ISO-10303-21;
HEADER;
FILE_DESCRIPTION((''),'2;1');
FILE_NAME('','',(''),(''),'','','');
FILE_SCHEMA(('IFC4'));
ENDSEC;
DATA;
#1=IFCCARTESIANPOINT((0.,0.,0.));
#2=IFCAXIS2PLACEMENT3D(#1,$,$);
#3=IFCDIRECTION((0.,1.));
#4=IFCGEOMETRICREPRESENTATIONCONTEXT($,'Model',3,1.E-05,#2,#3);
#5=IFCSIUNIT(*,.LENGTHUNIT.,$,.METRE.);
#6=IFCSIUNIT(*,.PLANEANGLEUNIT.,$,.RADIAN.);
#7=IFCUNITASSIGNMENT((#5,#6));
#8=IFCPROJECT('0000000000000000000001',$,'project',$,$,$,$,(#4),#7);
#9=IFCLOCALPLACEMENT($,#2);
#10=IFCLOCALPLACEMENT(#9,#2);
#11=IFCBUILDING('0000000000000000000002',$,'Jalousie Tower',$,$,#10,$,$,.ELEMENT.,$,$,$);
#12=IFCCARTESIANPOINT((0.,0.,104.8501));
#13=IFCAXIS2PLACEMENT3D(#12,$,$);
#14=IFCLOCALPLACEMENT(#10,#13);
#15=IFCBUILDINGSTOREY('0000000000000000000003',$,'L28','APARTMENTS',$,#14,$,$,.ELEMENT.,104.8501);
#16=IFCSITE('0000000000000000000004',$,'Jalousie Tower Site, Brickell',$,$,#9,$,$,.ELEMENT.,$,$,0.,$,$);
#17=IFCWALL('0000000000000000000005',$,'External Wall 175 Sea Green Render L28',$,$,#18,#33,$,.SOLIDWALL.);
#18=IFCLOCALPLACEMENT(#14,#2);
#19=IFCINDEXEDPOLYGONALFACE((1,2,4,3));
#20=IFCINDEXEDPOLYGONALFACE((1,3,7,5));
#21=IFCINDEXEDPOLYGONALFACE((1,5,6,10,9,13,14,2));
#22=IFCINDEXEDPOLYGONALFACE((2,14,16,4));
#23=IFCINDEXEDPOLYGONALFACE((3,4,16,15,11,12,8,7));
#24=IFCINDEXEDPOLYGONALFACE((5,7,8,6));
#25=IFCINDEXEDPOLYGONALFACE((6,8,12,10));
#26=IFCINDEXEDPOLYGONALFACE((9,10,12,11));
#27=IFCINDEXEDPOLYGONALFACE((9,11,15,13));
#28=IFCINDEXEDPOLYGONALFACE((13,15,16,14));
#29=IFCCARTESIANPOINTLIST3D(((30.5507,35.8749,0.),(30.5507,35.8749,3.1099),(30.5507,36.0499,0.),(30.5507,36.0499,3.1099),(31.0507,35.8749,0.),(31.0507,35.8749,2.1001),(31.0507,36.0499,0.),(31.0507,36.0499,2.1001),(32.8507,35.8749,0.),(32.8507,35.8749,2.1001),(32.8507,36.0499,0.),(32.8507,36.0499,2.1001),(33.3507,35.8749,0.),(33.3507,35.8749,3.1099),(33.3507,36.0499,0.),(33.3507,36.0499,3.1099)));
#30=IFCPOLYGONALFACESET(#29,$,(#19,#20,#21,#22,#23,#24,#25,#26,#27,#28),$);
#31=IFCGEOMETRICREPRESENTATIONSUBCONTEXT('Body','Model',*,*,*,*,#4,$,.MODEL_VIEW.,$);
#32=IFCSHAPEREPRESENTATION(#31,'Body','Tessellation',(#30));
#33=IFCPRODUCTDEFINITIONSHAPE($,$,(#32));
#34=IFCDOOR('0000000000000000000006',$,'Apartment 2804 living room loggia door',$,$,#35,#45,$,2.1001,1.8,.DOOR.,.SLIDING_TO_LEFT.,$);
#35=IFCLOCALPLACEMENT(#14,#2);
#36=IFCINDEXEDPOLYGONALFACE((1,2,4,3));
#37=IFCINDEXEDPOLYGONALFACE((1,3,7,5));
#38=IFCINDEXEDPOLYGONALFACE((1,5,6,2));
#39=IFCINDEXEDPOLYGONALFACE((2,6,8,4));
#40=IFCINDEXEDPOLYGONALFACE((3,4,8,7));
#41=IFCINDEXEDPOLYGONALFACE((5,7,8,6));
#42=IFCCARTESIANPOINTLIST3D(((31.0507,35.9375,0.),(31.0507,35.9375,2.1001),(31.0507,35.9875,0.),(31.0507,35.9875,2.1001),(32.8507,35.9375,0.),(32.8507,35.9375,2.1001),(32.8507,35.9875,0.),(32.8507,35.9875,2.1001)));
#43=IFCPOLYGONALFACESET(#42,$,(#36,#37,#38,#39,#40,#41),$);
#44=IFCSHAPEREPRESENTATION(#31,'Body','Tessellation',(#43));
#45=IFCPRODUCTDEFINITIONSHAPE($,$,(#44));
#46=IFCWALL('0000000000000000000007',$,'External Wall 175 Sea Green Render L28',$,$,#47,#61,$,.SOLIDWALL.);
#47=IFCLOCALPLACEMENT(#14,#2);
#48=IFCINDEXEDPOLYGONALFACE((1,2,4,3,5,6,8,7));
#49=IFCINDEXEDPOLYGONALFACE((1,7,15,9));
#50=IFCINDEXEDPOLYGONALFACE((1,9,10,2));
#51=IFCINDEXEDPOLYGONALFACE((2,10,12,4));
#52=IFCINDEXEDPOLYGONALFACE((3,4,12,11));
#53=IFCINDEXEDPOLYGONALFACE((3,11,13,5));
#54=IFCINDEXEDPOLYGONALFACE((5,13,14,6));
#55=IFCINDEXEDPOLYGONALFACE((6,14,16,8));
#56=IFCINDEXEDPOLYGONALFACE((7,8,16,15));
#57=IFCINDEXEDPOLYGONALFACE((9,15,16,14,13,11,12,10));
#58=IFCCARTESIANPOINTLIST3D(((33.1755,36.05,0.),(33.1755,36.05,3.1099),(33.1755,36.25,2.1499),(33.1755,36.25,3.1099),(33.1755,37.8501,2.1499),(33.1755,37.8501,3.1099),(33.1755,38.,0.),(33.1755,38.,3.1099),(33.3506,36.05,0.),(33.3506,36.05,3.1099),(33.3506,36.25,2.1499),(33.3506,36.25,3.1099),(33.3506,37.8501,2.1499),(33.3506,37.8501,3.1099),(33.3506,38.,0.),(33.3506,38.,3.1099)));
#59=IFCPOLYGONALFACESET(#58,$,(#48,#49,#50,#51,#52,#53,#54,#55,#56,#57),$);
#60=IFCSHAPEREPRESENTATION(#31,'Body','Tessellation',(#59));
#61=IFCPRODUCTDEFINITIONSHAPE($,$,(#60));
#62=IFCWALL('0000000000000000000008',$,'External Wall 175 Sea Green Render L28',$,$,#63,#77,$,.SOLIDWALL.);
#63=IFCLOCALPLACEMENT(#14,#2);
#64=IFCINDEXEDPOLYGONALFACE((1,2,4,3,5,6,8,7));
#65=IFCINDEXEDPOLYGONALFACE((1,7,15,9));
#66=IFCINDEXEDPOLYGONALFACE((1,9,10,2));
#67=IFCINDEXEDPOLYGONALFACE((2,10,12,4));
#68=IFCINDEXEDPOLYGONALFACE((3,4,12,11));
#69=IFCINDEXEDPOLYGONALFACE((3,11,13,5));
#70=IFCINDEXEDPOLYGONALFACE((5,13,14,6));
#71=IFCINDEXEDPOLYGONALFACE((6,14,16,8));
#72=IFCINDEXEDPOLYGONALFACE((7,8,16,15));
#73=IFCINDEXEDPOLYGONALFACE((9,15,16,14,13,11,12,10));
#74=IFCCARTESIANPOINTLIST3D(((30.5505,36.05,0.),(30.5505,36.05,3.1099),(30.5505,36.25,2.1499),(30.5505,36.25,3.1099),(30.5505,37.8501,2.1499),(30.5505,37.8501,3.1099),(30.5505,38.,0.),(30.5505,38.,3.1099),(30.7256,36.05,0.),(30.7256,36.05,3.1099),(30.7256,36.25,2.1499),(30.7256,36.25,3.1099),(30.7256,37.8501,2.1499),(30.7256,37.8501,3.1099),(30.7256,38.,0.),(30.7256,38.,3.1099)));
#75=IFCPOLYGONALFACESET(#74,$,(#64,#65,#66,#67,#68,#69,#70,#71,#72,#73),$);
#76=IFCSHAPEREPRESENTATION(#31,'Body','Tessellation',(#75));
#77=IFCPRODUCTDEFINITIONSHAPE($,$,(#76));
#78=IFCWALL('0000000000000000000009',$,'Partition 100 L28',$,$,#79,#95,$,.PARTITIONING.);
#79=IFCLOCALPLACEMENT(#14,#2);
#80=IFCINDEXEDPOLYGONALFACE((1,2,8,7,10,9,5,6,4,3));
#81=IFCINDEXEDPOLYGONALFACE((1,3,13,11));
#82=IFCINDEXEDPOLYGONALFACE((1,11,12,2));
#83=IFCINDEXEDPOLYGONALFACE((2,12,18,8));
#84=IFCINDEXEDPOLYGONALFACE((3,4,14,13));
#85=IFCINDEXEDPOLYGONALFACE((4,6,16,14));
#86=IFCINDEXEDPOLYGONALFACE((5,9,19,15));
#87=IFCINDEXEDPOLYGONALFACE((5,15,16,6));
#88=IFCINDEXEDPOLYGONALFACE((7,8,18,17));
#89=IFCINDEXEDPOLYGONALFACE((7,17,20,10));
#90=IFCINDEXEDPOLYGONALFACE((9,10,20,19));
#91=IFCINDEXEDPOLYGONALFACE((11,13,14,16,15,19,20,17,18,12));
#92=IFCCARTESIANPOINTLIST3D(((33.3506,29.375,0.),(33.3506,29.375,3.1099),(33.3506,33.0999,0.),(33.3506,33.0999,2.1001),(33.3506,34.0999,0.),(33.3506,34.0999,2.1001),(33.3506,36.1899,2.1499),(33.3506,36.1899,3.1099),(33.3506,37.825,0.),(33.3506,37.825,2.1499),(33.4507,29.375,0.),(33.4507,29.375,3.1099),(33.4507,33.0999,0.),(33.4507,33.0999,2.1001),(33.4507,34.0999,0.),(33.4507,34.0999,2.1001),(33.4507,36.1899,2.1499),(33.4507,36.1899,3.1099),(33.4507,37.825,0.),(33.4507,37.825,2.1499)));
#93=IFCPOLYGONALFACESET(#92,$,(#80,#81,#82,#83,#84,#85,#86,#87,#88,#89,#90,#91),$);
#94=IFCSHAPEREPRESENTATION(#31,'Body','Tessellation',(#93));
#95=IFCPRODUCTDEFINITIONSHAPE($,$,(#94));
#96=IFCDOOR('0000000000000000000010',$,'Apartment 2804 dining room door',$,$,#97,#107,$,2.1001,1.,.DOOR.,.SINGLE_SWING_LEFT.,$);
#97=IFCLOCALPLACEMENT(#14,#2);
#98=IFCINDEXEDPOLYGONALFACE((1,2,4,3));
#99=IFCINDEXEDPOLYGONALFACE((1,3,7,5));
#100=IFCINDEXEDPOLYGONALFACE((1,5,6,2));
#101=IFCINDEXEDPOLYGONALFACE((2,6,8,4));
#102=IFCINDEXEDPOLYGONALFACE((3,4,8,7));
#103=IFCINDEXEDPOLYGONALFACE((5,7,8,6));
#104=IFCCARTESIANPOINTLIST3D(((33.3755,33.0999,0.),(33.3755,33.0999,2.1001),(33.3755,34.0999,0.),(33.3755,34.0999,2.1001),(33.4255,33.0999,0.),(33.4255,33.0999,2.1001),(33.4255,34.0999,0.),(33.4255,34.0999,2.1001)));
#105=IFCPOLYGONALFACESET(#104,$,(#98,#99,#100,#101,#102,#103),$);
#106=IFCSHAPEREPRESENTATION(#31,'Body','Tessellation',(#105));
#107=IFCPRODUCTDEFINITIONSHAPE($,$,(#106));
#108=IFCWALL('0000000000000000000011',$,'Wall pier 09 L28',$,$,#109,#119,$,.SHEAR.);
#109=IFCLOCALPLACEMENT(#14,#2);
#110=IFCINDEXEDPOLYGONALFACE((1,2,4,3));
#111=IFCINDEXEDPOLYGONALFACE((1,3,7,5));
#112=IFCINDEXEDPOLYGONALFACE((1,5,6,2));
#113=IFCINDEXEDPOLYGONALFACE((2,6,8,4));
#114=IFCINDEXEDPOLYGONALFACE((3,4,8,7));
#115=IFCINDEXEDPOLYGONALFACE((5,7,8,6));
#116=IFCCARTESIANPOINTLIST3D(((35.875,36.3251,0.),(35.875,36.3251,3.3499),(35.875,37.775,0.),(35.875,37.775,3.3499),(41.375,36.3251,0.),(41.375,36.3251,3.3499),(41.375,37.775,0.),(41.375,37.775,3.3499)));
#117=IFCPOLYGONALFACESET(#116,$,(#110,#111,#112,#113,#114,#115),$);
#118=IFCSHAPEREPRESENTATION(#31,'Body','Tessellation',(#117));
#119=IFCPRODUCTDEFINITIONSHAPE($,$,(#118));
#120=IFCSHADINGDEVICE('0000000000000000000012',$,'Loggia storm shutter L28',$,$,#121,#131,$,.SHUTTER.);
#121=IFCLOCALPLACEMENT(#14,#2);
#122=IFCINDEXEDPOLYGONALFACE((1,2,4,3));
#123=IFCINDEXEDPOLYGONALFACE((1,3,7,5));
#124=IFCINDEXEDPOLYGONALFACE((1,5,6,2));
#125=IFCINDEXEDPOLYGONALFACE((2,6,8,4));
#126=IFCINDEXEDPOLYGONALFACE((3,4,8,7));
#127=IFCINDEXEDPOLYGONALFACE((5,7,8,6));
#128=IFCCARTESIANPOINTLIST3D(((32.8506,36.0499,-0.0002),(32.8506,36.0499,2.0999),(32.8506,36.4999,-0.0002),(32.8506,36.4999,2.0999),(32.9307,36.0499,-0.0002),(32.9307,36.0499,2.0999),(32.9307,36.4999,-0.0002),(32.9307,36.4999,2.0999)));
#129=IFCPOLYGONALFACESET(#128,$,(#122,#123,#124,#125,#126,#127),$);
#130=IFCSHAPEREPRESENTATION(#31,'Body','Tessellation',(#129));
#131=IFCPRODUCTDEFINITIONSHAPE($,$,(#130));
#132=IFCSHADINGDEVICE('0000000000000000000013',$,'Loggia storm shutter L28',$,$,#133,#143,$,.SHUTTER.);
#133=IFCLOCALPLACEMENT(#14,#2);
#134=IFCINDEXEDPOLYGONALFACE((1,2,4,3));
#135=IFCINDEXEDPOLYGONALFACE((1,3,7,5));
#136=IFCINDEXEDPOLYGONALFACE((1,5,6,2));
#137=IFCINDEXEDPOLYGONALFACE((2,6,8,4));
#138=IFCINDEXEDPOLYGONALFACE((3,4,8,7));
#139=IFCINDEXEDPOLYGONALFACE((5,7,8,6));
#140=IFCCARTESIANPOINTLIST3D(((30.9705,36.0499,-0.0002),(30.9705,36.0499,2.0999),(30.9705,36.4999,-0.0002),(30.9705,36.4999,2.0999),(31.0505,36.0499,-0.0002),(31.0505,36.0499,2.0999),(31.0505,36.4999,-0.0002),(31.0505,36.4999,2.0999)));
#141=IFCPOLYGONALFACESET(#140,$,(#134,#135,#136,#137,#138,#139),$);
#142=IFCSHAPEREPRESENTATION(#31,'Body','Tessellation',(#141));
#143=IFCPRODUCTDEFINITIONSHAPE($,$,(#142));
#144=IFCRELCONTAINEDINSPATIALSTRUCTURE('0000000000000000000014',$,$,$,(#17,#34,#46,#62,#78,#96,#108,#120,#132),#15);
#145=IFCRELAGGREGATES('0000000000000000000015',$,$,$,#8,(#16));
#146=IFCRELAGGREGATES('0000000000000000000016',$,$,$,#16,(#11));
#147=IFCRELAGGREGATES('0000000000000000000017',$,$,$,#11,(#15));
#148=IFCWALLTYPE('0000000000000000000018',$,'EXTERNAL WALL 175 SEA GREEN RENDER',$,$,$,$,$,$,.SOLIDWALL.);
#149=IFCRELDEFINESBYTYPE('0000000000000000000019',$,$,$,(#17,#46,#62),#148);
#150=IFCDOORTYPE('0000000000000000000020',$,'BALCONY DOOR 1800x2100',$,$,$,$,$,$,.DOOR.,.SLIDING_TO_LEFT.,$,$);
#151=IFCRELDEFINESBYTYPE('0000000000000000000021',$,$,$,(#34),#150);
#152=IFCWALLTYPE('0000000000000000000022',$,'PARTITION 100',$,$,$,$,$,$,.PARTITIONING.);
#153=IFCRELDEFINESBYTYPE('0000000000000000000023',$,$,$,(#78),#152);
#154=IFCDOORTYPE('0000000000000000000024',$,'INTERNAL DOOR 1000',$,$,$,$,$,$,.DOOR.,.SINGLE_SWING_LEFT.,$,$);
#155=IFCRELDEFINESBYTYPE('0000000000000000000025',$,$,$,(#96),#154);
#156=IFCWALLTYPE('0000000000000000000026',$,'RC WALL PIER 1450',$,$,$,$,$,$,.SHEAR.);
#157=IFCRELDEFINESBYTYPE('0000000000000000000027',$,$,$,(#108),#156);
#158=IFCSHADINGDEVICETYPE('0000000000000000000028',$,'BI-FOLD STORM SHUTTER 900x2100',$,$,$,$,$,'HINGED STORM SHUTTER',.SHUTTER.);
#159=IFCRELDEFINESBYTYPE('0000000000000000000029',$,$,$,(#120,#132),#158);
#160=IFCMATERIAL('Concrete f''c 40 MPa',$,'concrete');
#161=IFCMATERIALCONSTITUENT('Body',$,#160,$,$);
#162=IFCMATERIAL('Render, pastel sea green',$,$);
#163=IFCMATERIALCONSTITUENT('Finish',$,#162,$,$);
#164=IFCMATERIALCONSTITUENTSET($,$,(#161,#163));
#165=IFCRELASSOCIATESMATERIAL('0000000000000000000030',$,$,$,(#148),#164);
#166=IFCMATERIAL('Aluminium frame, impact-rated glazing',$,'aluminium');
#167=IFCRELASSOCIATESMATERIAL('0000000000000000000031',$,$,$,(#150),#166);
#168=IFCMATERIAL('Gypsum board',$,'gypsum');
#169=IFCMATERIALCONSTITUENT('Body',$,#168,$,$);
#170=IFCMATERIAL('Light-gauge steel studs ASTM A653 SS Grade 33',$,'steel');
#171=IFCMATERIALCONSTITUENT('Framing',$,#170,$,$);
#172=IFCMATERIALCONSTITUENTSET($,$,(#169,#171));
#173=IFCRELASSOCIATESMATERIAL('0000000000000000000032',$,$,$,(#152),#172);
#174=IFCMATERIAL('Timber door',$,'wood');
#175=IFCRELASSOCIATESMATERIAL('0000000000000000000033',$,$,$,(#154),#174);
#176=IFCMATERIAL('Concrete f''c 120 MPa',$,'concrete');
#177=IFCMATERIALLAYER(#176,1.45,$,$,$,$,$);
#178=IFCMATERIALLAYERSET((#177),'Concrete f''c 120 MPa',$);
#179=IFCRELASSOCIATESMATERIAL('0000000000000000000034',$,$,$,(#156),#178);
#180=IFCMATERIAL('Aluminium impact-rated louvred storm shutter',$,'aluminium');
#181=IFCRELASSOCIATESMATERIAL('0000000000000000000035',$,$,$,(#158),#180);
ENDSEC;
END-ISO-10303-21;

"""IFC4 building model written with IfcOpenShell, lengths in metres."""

from ifc_helpers import new_model, si_unit, direction, frame, frame_2d, origin, origin_2d, place, context, subcontext, project, spatial, polyline, rectangle, outline, extrude, material, layer, layer_set, constituent, constituent_set, type_object, element, fill, save


model = new_model("IFC4")

# Units and contexts
model_context = context("Model", 3, precision=1e-05, world=origin(), true_north=direction((0.0, 1.0)))
body_context = subcontext(model_context, "Body", "Model", "MODEL_VIEW")
ifc_project = project(units=[si_unit("LENGTHUNIT", "METRE"), si_unit("PLANEANGLEUNIT", "RADIAN")], contexts=[model_context])

# Site, building, storey
site_placement = place(None, origin())
site = spatial("IfcSite", under=ifc_project, at=site_placement, Name="Jalousie Tower Site, Brickell", CompositionType="ELEMENT", RefElevation=0.0)
building_placement = place(site_placement, origin())
building = spatial("IfcBuilding", under=site, at=building_placement, Name="Jalousie Tower", CompositionType="ELEMENT")
storey_placement = place(building_placement, frame((0.0, 0.0, 104.8501)))
storey = spatial("IfcBuildingStorey", under=building, at=storey_placement, Name="L28", Description="APARTMENTS", CompositionType="ELEMENT", Elevation=104.8501)

# Shared definitions
ifc_material_1 = material(Name="Concrete f'c 40 MPa", Category="concrete")
ifc_constituent_1 = constituent(ifc_material_1, Name="Body")
ifc_material_2 = material(Name="Render, pastel sea green")
ifc_constituent_2 = constituent(ifc_material_2, Name="Finish")
ifc_constituent_set_1 = constituent_set(constituents=[ifc_constituent_1, ifc_constituent_2])
wall_type_1 = type_object("IfcWallType", Name="EXTERNAL WALL 175 SEA GREEN RENDER", PredefinedType="SOLIDWALL", material=ifc_constituent_set_1)

# Wall, opening, door
wall_1_placement = place(storey_placement, frame((33.3506, 35.9624, 0.0), z_axis=(0.0, 0.0, 1.0), x_axis=(-1.0, 0.0, 0.0)))
wall_1 = element("IfcWall", 1, at=wall_1_placement, inside=storey, type_object=wall_type_1, Name="External Wall 175 Sea Green Render L28", PredefinedType="SOLIDWALL", context=body_context, shape_type="SweptSolid", body=[
    extrude(rectangle(XDim=2.8, YDim=0.175, at=frame_2d((1.3999, 0.0))), origin(), (0.0, 0.0, 1.0), 3.1099),
])
opening_1_placement = place(wall_1_placement, frame((0.5, 0.0, 0.0)))
opening_1 = element("IfcOpeningElement", 2, at=opening_1_placement, cuts=wall_1, PredefinedType="OPENING", context=body_context, shape_type="SweptSolid", body=[
    extrude(rectangle(XDim=1.8, YDim=2.1001, at=frame_2d((0.8999, 1.05))), frame((0.0, 0.0974, 0.0), z_axis=(0.0, -1.0, 0.0), x_axis=(1.0, 0.0, 0.0)), (0.0, 0.0, 1.0), 0.1951),
])
ifc_material_3 = material(Name="Aluminium frame, impact-rated glazing", Category="aluminium")
door_type_1 = type_object("IfcDoorType", Name="BALCONY DOOR 1800x2100", OperationType="SLIDING_TO_LEFT", PredefinedType="DOOR", material=ifc_material_3)
door_1_placement = place(opening_1_placement, origin())
door_1 = element("IfcDoor", 3, at=door_1_placement, inside=storey, type_object=door_type_1, Name="Apartment 2804 living room loggia door", OperationType="SLIDING_TO_LEFT", OverallHeight=2.1001, OverallWidth=1.8, PredefinedType="DOOR", context=body_context, shape_type="SweptSolid", body=[
    extrude(rectangle(XDim=1.8, YDim=2.1001, at=frame_2d((0.8999, 1.05))), frame((0.0, 0.0249, 0.0), z_axis=(0.0, -1.0, 0.0), x_axis=(1.0, 0.0, 0.0)), (0.0, 0.0, 1.0), 0.05),
])
fill(opening_1, door_1)

# Walls
for number, where, z_axis, x_axis, name in (
    (4, (33.2632, 38.0, 0.0), (0.0, 0.0, 1.0), (0.0, -1.0, 0.0), "External Wall 175 Sea Green Render L28"),
    (5, (30.6382, 38.0, 0.0), (0.0, 0.0, 1.0), (0.0, -1.0, 0.0), "External Wall 175 Sea Green Render L28"),
):
    element("IfcWall", number, at=place(storey_placement, frame(where, z_axis=z_axis, x_axis=x_axis)), inside=storey, type_object=wall_type_1, Name=name, PredefinedType="SOLIDWALL", context=body_context, shape_type="SweptSolid", body=[
        extrude(outline(polyline([(0.0, 0.0), (1.95, 0.0), (1.95, 3.1099), (1.75, 3.1099), (1.75, 2.1499), (0.1499, 2.1499), (0.1499, 3.1099), (0.0, 3.1099), (0.0, 0.0)])), frame((0.0, 0.0874, 0.0), z_axis=(0.0, -1.0, 0.0), x_axis=(1.0, 0.0, 0.0)), (0.0, 0.0, 1.0), 0.175),
    ])

# Wall, opening, door
ifc_material_4 = material(Name="Gypsum board", Category="gypsum")
ifc_constituent_3 = constituent(ifc_material_4, Name="Body")
ifc_material_5 = material(Name="Light-gauge steel studs ASTM A653 SS Grade 33", Category="steel")
ifc_constituent_4 = constituent(ifc_material_5, Name="Framing")
ifc_constituent_set_2 = constituent_set(constituents=[ifc_constituent_3, ifc_constituent_4])
wall_type_2 = type_object("IfcWallType", Name="PARTITION 100", PredefinedType="PARTITIONING", material=ifc_constituent_set_2)
wall_2_placement = place(storey_placement, frame((33.4006, 37.825, 0.0), z_axis=(0.0, 0.0, 1.0), x_axis=(0.0, -1.0, 0.0)))
wall_2 = element("IfcWall", 6, at=wall_2_placement, inside=storey, type_object=wall_type_2, Name="Partition 100 L28", PredefinedType="PARTITIONING", context=body_context, shape_type="SweptSolid", body=[
    extrude(outline(polyline([(0.0, 0.0), (8.45, 0.0), (8.45, 3.1099), (1.635, 3.1099), (1.635, 2.1499), (0.0, 2.1499), (0.0, 3.1099), (0.0, 0.0)])), frame((0.0, 0.05, 0.0), z_axis=(0.0, -1.0, 0.0), x_axis=(1.0, 0.0, 0.0)), (0.0, 0.0, 1.0), 0.1001),
])
opening_2_placement = place(wall_2_placement, frame((3.7251, 0.0, 0.0)))
opening_2 = element("IfcOpeningElement", 7, at=opening_2_placement, cuts=wall_2, PredefinedType="OPENING", context=body_context, shape_type="SweptSolid", body=[
    extrude(rectangle(XDim=1.0, YDim=2.1001, at=frame_2d((0.5, 1.05))), frame((0.0, 0.0601, 0.0), z_axis=(0.0, -1.0, 0.0), x_axis=(1.0, 0.0, 0.0)), (0.0, 0.0, 1.0), 0.1201),
])
ifc_material_6 = material(Name="Timber door", Category="wood")
door_type_2 = type_object("IfcDoorType", Name="INTERNAL DOOR 1000", OperationType="SINGLE_SWING_LEFT", PredefinedType="DOOR", material=ifc_material_6)
door_2_placement = place(opening_2_placement, origin())
door_2 = element("IfcDoor", 8, at=door_2_placement, inside=storey, type_object=door_type_2, Name="Apartment 2804 dining room door", OperationType="SINGLE_SWING_LEFT", OverallHeight=2.1001, OverallWidth=1.0, PredefinedType="DOOR", context=body_context, shape_type="SweptSolid", body=[
    extrude(rectangle(XDim=1.0, YDim=2.1001, at=frame_2d((0.5, 1.05))), frame((0.0, 0.0249, 0.0), z_axis=(0.0, -1.0, 0.0), x_axis=(1.0, 0.0, 0.0)), (0.0, 0.0, 1.0), 0.05),
])
fill(opening_2, door_2)

# Wall
ifc_material_7 = material(Name="Concrete f'c 120 MPa", Category="concrete")
ifc_layer_1 = layer(ifc_material_7, 1.45)
ifc_layer_set_1 = layer_set([ifc_layer_1], Name="Concrete f'c 120 MPa")
wall_type_3 = type_object("IfcWallType", Name="RC WALL PIER 1450", PredefinedType="SHEAR", material=ifc_layer_set_1)
wall_3_placement = place(storey_placement, frame((35.875, 37.05, 0.0), z_axis=(0.0, 0.0, 1.0), x_axis=(1.0, 0.0, 0.0)))
element("IfcWall", 9, at=wall_3_placement, inside=storey, type_object=wall_type_3, Name="Wall pier 09 L28", PredefinedType="SHEAR", context=body_context, shape_type="SweptSolid", body=[
    extrude(rectangle(XDim=5.5, YDim=1.45, at=frame_2d((2.75, 0.0))), origin(), (0.0, 0.0, 1.0), 3.3499),
])

# Shading devices
ifc_material_8 = material(Name="Aluminium impact-rated louvred storm shutter", Category="aluminium")
shading_device_type_1 = type_object("IfcShadingDeviceType", Name="BI-FOLD STORM SHUTTER 900x2100", ElementType="HINGED STORM SHUTTER", PredefinedType="SHUTTER", material=ifc_material_8)
for number, where, z_axis, x_axis, name in (
    (10, (32.8906, 36.2749, -0.0002), (0.0, 0.0, 1.0), (0.0, -1.0, 0.0), "Loggia storm shutter L28"),
    (11, (31.0105, 36.2749, -0.0002), (0.0, 0.0, 1.0), (0.0, -1.0, 0.0), "Loggia storm shutter L28"),
):
    element("IfcShadingDevice", number, at=place(storey_placement, frame(where, z_axis=z_axis, x_axis=x_axis)), inside=storey, type_object=shading_device_type_1, Name=name, PredefinedType="SHUTTER", context=body_context, shape_type="SweptSolid", body=[
        extrude(rectangle(XDim=0.45, YDim=0.0801, at=origin_2d()), origin(), (0.0, 0.0, 1.0), 2.1001),
    ])

save(model, "model.ifc")
